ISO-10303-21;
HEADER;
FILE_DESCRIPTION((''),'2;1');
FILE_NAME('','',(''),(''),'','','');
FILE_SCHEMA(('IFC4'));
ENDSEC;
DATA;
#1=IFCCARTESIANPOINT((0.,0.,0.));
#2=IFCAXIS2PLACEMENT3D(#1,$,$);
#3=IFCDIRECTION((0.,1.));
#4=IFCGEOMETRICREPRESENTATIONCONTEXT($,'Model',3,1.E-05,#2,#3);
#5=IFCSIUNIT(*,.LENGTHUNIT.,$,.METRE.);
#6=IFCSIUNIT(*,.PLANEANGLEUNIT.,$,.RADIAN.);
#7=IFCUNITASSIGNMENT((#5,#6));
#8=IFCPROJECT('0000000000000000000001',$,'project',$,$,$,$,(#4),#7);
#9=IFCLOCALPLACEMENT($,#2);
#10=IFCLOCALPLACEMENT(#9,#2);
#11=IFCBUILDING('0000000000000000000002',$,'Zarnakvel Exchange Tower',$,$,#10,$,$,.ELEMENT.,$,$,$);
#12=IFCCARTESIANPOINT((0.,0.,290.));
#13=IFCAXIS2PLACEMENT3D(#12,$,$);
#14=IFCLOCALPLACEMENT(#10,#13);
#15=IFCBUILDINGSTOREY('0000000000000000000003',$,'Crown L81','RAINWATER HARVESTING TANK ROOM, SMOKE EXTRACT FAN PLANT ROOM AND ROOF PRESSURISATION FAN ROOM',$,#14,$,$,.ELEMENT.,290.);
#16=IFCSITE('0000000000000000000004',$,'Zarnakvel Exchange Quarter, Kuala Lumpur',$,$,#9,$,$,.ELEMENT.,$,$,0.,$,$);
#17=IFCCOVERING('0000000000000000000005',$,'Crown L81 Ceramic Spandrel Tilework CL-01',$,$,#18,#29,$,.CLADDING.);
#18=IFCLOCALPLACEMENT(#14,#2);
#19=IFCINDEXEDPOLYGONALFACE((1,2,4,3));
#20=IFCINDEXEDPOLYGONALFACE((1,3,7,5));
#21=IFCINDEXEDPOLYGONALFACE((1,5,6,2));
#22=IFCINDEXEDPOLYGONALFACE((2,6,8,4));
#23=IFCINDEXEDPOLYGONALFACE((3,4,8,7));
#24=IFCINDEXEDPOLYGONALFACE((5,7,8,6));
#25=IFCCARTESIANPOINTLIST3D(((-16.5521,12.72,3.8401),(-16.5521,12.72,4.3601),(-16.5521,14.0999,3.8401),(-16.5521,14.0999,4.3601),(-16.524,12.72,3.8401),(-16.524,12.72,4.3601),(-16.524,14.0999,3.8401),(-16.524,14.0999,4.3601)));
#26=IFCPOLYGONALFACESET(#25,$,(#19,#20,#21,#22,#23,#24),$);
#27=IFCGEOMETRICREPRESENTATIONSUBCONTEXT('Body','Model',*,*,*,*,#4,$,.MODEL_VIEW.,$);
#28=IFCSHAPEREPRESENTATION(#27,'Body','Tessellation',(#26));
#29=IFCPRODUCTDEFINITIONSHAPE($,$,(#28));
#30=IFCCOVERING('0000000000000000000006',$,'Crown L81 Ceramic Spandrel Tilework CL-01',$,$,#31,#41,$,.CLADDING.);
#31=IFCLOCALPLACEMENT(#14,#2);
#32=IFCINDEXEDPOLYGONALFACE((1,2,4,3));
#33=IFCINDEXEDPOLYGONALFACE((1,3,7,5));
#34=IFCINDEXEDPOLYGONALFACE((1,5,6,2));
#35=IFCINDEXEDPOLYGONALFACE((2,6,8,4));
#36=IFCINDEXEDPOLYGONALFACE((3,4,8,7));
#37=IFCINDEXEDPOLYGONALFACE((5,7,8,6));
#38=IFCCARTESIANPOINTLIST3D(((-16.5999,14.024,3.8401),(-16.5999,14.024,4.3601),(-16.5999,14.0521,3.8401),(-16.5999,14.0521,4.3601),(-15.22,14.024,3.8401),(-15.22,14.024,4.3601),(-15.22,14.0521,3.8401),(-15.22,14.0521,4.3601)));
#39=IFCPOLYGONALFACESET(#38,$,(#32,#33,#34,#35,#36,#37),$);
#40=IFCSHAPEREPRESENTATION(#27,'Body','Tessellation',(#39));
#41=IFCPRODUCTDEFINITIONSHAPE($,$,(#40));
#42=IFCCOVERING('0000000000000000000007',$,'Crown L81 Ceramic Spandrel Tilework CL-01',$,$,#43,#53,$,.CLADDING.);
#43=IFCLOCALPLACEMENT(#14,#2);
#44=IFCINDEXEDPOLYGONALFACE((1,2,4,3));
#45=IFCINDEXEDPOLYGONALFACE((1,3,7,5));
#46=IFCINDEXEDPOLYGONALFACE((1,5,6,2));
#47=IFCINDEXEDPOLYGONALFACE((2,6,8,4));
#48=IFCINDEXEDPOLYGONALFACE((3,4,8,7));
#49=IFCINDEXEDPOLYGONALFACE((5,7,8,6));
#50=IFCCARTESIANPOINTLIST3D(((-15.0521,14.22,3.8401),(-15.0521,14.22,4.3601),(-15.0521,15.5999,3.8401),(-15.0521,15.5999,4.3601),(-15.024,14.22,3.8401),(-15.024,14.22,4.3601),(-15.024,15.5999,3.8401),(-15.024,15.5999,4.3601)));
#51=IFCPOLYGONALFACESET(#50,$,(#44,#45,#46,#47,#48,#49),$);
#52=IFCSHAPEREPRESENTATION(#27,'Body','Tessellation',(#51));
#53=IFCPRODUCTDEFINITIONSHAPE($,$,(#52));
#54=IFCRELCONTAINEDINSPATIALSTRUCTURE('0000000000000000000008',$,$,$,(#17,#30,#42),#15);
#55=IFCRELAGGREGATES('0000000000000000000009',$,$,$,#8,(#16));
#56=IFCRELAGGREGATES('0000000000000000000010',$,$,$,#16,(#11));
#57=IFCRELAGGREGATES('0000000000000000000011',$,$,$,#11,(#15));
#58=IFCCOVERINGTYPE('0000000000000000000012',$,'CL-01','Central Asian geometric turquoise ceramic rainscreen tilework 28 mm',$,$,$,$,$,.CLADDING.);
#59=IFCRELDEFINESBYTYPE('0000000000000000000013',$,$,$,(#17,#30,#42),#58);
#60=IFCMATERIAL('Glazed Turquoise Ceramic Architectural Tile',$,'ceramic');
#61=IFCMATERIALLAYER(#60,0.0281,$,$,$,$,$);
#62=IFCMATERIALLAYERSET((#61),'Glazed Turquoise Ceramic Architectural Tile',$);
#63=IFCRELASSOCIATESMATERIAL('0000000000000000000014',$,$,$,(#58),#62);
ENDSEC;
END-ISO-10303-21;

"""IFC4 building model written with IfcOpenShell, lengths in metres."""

from ifc_helpers import new_model, si_unit, direction, frame, origin, origin_2d, place, context, subcontext, project, spatial, rectangle, extrude, source, transform, mapped, material, layer, layer_set, type_object, element, save


model = new_model("IFC4")

# Units and contexts
model_context = context("Model", 3, precision=1e-05, world=origin(), true_north=direction((0.0, 1.0)))
body_context = subcontext(model_context, "Body", "Model", "MODEL_VIEW")
ifc_project = project(units=[si_unit("LENGTHUNIT", "METRE"), si_unit("PLANEANGLEUNIT", "RADIAN")], contexts=[model_context])

# Site, building, storey
site_placement = place(None, origin())
site = spatial("IfcSite", under=ifc_project, at=site_placement, Name="Zarnakvel Exchange Quarter, Kuala Lumpur", CompositionType="ELEMENT", RefElevation=0.0)
building_placement = place(site_placement, origin())
building = spatial("IfcBuilding", under=site, at=building_placement, Name="Zarnakvel Exchange Tower", CompositionType="ELEMENT")
storey_placement = place(building_placement, frame((0.0, 0.0, 290.0)))
storey = spatial("IfcBuildingStorey", under=building, at=storey_placement, Name="Crown L81", Description="RAINWATER HARVESTING TANK ROOM, SMOKE EXTRACT FAN PLANT ROOM AND ROOF PRESSURISATION FAN ROOM", CompositionType="ELEMENT", Elevation=290.0)

# Coverings
ifc_material_1 = material(Name="Glazed Turquoise Ceramic Architectural Tile", Category="ceramic")
ifc_layer_1 = layer(ifc_material_1, 0.0281)
ifc_layer_set_1 = layer_set([ifc_layer_1], Name="Glazed Turquoise Ceramic Architectural Tile")
covering_type = type_object("IfcCoveringType", Name="CL-01", Description="Central Asian geometric turquoise ceramic rainscreen tilework 28 mm", PredefinedType="CLADDING", material=ifc_layer_set_1)
shared_shape_1 = source(origin(), body_context, "Body", "SweptSolid", [
    extrude(rectangle(XDim=1.3799, YDim=0.0281, at=origin_2d()), origin(), (0.0, 0.0, 1.0), 0.52),
])
for number, where, z_axis, x_axis, name in (
    (1, (-16.5381, 13.4099, 3.8401), (0.0, 0.0, 1.0), (0.0, -1.0, 0.0), "Crown L81 Ceramic Spandrel Tilework CL-01"),
    (2, (-15.9099, 14.0381, 3.8401), (0.0, 0.0, 1.0), (-1.0, 0.0, 0.0), "Crown L81 Ceramic Spandrel Tilework CL-01"),
    (3, (-15.0381, 14.9099, 3.8401), (0.0, 0.0, 1.0), (0.0, -1.0, 0.0), "Crown L81 Ceramic Spandrel Tilework CL-01"),
):
    element("IfcCovering", number, at=place(storey_placement, frame(where, z_axis=z_axis, x_axis=x_axis)), inside=storey, type_object=covering_type, Name=name, PredefinedType="CLADDING", context=body_context, shape_type="MappedRepresentation", body=[
        mapped(shared_shape_1, transform((0.0, 0.0, 0.0), x_axis=(1.0, 0.0, 0.0), y_axis=(0.0, 1.0, 0.0), z_axis=(0.0, 0.0, 1.0), scale=1.0)),
    ])

save(model, "model.ifc")
